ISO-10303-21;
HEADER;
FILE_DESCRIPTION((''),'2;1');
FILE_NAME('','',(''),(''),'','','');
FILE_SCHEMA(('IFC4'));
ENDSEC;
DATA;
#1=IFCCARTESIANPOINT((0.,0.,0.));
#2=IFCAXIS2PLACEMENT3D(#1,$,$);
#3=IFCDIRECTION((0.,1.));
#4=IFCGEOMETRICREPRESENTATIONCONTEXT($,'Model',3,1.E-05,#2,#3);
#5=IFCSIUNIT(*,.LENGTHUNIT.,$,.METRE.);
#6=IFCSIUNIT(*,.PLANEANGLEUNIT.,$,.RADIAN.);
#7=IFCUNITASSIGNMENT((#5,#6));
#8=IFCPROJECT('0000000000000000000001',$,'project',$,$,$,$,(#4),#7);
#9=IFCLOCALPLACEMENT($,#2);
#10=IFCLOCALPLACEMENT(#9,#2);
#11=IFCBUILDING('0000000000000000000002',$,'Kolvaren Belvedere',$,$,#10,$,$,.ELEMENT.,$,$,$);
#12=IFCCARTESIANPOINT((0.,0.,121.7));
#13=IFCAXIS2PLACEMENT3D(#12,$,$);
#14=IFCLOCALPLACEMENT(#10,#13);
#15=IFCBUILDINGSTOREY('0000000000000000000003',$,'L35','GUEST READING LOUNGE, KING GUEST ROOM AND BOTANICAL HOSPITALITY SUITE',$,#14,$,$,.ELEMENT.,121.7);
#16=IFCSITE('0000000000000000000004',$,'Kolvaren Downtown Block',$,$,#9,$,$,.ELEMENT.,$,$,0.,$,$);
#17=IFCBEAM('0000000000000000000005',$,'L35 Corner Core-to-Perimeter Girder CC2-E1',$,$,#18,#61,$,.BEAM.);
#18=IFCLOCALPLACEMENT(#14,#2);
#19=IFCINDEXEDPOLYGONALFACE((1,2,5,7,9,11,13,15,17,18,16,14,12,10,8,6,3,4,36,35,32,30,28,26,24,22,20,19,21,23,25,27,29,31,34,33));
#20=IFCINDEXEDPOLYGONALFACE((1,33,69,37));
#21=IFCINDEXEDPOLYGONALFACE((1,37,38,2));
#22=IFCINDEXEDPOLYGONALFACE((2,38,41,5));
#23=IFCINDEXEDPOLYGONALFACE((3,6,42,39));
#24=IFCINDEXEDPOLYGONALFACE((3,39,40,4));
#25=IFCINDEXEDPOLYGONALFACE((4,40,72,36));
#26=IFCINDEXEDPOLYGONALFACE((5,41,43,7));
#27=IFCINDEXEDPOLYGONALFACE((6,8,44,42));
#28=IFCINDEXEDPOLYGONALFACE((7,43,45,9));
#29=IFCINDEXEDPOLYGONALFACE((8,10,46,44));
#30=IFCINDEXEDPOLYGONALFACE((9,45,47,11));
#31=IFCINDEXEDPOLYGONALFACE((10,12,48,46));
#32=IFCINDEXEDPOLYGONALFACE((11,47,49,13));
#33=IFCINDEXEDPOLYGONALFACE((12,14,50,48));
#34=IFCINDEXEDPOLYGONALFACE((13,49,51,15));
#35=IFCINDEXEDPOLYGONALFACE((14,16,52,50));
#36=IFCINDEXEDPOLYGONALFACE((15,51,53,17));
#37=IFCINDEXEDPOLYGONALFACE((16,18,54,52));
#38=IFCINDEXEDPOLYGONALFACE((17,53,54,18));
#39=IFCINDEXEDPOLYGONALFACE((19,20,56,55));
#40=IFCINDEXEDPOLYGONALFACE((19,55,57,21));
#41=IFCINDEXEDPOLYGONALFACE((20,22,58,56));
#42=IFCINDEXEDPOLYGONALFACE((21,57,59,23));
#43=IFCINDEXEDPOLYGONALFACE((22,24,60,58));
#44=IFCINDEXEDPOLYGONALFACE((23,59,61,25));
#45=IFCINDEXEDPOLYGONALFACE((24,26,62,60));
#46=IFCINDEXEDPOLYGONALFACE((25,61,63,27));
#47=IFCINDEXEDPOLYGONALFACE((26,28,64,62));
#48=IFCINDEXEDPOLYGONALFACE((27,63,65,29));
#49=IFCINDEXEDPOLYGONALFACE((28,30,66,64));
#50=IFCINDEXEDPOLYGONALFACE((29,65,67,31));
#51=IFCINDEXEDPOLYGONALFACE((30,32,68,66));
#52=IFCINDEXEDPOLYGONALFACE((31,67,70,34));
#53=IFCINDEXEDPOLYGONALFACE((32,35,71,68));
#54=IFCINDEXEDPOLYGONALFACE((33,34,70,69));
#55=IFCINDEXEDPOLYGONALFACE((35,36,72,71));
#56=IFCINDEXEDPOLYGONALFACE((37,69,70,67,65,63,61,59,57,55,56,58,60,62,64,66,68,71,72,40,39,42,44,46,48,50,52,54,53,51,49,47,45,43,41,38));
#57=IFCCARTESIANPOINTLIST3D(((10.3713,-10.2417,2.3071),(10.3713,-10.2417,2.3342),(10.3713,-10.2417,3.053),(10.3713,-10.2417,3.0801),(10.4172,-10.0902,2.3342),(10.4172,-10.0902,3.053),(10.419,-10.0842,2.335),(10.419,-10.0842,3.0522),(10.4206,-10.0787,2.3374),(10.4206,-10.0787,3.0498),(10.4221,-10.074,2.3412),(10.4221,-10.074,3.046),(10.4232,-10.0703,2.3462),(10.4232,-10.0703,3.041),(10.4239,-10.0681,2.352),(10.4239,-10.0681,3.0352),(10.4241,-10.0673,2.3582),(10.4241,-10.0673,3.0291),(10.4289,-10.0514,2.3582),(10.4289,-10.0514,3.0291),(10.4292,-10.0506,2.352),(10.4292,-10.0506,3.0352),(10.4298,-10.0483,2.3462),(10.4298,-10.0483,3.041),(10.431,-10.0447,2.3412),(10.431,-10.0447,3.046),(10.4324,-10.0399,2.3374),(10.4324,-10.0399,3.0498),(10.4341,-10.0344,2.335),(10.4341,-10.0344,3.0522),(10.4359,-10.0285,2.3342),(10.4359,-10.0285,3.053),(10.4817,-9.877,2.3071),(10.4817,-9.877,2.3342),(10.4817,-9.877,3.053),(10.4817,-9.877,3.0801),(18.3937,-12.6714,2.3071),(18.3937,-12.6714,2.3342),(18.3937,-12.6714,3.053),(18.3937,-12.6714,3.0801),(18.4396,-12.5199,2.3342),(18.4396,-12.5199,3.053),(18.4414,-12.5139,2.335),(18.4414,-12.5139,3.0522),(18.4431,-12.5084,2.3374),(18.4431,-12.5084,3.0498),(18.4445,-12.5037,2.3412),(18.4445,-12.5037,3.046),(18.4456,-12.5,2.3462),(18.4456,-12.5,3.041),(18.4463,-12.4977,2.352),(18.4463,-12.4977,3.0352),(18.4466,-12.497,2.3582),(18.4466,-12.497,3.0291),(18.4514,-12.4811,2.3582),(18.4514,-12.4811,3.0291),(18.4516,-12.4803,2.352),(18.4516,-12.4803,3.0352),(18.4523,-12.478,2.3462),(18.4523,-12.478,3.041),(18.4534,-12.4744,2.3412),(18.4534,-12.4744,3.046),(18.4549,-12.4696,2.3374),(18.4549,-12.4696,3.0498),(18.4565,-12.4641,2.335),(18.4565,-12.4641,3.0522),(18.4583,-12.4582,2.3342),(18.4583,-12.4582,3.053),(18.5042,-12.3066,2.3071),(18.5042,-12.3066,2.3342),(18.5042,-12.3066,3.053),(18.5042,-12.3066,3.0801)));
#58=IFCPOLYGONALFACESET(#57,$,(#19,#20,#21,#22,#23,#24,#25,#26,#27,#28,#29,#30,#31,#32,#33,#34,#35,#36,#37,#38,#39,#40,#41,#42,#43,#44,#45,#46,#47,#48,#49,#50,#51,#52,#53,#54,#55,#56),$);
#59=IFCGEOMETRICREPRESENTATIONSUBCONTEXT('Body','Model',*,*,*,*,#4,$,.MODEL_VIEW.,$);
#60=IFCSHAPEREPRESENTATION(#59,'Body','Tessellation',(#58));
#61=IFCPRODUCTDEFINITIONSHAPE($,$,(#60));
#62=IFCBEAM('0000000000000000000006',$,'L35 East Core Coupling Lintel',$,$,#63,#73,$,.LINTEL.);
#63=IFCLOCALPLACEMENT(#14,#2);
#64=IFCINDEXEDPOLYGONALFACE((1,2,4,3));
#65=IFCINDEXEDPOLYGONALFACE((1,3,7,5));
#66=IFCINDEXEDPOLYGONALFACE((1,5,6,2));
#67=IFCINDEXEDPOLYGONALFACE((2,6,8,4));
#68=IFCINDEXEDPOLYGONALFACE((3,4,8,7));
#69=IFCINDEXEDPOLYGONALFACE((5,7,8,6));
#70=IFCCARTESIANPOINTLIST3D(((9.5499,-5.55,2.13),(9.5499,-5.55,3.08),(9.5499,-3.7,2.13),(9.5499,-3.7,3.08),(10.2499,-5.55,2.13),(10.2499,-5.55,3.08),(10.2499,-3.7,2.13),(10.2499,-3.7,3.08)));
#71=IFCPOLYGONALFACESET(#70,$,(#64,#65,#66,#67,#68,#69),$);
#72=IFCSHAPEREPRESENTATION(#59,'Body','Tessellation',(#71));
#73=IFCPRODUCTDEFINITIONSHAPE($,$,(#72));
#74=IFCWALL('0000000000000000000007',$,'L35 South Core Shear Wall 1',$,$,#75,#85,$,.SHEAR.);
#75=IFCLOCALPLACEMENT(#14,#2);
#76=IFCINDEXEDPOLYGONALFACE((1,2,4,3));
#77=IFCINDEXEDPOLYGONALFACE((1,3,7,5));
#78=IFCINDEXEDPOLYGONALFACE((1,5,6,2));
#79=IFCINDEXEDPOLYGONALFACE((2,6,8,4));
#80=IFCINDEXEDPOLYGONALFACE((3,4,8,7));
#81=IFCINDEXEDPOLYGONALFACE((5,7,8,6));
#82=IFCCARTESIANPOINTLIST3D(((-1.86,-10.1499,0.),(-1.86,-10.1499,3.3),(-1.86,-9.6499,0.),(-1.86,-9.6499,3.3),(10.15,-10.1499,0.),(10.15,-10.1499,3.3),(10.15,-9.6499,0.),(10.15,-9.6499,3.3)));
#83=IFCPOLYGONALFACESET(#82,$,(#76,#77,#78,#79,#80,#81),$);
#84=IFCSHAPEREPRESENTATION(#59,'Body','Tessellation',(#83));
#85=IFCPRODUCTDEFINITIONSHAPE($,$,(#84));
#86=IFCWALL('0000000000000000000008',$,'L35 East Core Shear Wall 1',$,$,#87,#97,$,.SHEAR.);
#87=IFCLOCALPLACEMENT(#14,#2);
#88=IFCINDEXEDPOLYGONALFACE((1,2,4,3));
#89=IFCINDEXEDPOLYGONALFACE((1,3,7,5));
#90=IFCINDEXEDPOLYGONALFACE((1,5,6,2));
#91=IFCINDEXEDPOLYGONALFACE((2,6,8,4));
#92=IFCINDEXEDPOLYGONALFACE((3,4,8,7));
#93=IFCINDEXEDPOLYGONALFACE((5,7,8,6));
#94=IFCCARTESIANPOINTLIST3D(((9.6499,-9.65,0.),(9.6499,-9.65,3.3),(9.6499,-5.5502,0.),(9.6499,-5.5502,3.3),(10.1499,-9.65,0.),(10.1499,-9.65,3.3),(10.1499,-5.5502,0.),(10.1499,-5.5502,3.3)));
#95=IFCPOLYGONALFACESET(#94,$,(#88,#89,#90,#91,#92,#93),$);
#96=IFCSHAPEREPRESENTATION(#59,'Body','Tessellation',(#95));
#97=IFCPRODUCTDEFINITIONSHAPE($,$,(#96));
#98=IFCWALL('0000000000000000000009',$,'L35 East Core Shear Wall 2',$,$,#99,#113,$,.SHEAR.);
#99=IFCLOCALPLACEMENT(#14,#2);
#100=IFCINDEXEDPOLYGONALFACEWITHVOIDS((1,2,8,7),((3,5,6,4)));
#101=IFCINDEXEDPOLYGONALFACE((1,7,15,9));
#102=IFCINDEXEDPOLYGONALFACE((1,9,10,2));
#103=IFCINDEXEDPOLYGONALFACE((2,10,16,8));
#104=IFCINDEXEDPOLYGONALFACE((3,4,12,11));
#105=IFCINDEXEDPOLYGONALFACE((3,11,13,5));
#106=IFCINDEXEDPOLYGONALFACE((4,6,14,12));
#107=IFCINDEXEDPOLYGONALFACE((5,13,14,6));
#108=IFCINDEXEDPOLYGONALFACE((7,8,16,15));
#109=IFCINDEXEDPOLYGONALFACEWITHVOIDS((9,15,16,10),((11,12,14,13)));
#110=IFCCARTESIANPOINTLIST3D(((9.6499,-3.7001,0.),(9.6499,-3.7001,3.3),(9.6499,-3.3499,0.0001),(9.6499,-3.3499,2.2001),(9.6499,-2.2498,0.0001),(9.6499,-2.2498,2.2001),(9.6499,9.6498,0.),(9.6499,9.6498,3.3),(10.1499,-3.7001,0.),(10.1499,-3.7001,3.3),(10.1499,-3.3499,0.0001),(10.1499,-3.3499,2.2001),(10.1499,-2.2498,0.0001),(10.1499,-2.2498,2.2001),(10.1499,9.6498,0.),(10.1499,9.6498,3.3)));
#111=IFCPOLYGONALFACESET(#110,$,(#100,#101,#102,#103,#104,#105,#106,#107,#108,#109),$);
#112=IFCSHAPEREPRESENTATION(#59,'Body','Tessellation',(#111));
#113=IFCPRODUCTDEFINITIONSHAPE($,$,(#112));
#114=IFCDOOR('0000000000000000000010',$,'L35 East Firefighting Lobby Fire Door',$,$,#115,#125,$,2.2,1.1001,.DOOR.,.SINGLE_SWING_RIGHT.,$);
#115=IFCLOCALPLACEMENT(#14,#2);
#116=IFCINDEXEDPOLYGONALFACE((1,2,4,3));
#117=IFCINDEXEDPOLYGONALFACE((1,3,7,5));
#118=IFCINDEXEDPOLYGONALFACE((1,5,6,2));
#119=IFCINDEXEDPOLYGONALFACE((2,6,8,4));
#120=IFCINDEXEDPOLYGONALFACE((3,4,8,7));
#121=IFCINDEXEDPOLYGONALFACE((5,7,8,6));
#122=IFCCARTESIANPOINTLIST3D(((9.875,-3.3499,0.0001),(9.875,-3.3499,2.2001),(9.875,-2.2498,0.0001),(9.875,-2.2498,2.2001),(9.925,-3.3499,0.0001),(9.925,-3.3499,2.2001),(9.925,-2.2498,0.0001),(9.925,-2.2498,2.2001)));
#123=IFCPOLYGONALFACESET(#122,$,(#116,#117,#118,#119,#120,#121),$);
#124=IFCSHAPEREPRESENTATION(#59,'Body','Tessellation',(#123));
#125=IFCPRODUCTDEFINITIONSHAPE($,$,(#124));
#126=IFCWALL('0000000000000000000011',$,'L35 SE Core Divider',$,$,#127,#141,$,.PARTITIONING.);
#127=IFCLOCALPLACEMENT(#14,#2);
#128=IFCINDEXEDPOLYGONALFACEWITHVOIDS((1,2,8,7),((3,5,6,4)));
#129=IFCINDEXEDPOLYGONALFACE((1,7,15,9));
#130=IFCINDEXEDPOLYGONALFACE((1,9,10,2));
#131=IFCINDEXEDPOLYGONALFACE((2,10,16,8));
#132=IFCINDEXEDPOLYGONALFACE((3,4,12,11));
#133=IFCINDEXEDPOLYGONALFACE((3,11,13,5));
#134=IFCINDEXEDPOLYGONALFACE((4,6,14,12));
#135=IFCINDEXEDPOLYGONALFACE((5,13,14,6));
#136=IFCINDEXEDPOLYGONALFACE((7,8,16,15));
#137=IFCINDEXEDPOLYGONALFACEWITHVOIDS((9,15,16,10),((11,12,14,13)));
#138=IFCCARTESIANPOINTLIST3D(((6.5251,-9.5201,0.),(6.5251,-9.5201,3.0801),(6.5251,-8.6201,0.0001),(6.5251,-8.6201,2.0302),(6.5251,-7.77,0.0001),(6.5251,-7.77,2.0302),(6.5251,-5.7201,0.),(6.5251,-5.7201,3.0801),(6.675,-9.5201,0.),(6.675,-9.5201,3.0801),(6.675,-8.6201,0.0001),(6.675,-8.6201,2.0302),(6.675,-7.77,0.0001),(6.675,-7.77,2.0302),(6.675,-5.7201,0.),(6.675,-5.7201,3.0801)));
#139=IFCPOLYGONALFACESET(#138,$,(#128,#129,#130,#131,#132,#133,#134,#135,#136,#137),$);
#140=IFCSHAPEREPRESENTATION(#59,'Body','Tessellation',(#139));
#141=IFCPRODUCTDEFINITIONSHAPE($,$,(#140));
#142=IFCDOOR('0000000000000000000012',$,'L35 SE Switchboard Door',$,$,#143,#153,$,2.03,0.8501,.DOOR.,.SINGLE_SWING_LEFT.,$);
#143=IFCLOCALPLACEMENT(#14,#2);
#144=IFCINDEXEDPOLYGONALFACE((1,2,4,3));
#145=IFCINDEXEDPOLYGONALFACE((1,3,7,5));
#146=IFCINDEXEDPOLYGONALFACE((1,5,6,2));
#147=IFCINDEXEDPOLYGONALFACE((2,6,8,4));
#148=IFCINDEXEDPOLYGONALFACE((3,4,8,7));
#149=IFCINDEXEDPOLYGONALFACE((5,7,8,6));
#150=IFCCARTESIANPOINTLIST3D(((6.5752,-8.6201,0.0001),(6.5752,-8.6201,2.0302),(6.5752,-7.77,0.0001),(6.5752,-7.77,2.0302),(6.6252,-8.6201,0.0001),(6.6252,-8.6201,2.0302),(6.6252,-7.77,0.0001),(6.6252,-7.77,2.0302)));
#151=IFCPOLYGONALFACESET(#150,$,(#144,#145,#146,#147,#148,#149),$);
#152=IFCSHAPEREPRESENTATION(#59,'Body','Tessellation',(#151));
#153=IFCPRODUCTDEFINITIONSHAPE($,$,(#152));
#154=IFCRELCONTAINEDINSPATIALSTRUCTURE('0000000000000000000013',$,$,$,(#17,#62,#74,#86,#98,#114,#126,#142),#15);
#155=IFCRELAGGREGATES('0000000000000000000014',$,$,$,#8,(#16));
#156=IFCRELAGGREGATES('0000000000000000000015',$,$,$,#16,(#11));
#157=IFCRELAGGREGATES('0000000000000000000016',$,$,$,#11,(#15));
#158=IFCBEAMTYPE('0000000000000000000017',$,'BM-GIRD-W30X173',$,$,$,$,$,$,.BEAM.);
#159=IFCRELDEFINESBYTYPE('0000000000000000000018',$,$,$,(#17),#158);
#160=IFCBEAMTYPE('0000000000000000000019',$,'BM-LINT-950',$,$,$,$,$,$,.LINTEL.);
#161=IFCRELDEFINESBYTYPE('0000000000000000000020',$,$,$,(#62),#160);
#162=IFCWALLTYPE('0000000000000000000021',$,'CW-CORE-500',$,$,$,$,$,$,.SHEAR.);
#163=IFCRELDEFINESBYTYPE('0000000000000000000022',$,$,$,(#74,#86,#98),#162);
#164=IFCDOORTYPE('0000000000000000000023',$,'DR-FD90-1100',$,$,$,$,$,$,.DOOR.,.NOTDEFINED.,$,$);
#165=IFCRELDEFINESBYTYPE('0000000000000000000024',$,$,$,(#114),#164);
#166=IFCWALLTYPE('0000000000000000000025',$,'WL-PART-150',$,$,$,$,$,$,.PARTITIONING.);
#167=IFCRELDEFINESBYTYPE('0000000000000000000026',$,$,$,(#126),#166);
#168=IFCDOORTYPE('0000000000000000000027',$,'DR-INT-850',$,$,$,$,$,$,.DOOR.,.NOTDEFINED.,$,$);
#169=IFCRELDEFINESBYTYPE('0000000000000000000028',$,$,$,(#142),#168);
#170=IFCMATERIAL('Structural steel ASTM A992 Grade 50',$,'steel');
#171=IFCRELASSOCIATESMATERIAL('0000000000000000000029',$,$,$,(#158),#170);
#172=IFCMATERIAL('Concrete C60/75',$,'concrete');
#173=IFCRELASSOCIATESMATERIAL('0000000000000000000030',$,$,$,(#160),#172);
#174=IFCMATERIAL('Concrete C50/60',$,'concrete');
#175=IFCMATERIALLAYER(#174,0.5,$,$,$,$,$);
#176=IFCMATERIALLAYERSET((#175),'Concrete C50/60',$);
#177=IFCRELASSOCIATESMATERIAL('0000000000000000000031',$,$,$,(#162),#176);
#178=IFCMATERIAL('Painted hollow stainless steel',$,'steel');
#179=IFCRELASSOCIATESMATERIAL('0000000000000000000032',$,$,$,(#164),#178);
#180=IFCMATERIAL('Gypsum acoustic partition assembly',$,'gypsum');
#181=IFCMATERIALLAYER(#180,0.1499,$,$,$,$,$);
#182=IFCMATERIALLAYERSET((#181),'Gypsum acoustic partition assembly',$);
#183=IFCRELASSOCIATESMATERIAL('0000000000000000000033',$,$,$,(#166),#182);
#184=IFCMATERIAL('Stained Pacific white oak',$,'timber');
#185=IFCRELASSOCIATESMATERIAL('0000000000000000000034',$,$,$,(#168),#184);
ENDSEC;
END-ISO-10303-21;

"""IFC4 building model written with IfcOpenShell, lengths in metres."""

from ifc_helpers import new_model, si_unit, direction, frame, frame_2d, origin, origin_2d, place, context, subcontext, project, spatial, rectangle, i_section, extrude, material, layer, layer_set, material_profile, profile_set, type_object, element, fill, save


model = new_model("IFC4")

# Units and contexts
model_context = context("Model", 3, precision=1e-05, world=origin(), true_north=direction((0.0, 1.0)))
body_context = subcontext(model_context, "Body", "Model", "MODEL_VIEW")
ifc_project = project(units=[si_unit("LENGTHUNIT", "METRE"), si_unit("PLANEANGLEUNIT", "RADIAN")], contexts=[model_context])

# Site, building, storey
site_placement = place(None, origin())
site = spatial("IfcSite", under=ifc_project, at=site_placement, Name="Kolvaren Downtown Block", CompositionType="ELEMENT", RefElevation=0.0)
building_placement = place(site_placement, origin())
building = spatial("IfcBuilding", under=site, at=building_placement, Name="Kolvaren Belvedere", CompositionType="ELEMENT")
storey_placement = place(building_placement, frame((0.0, 0.0, 121.7)))
storey = spatial("IfcBuildingStorey", under=building, at=storey_placement, Name="L35", Description="GUEST READING LOUNGE, KING GUEST ROOM AND BOTANICAL HOSPITALITY SUITE", CompositionType="ELEMENT", Elevation=121.7)

# Beams
ifc_material_1 = material(Name="Structural steel ASTM A992 Grade 50", Category="steel")
ifc_material_profile_1 = material_profile(ifc_material_1, i_section(OverallWidth=0.3811, OverallDepth=0.7729, WebThickness=0.0166, FlangeThickness=0.0271, FilletRadius=0.0239, at=origin_2d()), Name="W30X173")
ifc_profile_set_1 = profile_set([ifc_material_profile_1], Name="Structural steel ASTM A992 Grade 50")
beam_type_1 = type_object("IfcBeamType", Name="BM-GIRD-W30X173", PredefinedType="BEAM", material=ifc_profile_set_1)
beam_1_placement = place(storey_placement, frame((10.4265, -10.0593, 2.6936), z_axis=(0.957069, -0.289859, 0.0), x_axis=(0.289859, 0.957069, 0.0)))
element("IfcBeam", 1, at=beam_1_placement, inside=storey, type_object=beam_type_1, Name="L35 Corner Core-to-Perimeter Girder CC2-E1", PredefinedType="BEAM", context=body_context, shape_type="SweptSolid", body=[
    extrude(i_section(OverallWidth=0.3811, OverallDepth=0.7729, WebThickness=0.0166, FlangeThickness=0.0271, FilletRadius=0.0239, at=origin_2d()), origin(), (0.0, 0.0, 1.0), 8.3823),
])
ifc_material_2 = material(Name="Concrete C60/75", Category="concrete")
ifc_material_profile_2 = material_profile(ifc_material_2, rectangle(XDim=0.7, YDim=0.95, at=origin_2d()), Name="RC 700X950")
ifc_profile_set_2 = profile_set([ifc_material_profile_2], Name="Concrete C60/75")
beam_type_2 = type_object("IfcBeamType", Name="BM-LINT-950", PredefinedType="LINTEL", material=ifc_profile_set_2)
beam_2_placement = place(storey_placement, frame((9.8999, -5.55, 2.605), z_axis=(0.0, 1.0, 0.0), x_axis=(-1.0, 0.0, 0.0)))
element("IfcBeam", 2, at=beam_2_placement, inside=storey, type_object=beam_type_2, Name="L35 East Core Coupling Lintel", PredefinedType="LINTEL", context=body_context, shape_type="SweptSolid", body=[
    extrude(rectangle(XDim=0.7, YDim=0.95, at=origin_2d()), origin(), (0.0, 0.0, 1.0), 1.8501),
])

# Walls
ifc_material_3 = material(Name="Concrete C50/60", Category="concrete")
ifc_layer_1 = layer(ifc_material_3, 0.5)
ifc_layer_set_1 = layer_set([ifc_layer_1], Name="Concrete C50/60")
wall_type_1 = type_object("IfcWallType", Name="CW-CORE-500", PredefinedType="SHEAR", material=ifc_layer_set_1)
wall_1_placement = place(storey_placement, frame((10.1499, -9.8999, 0.0), z_axis=(0.0, 0.0, 1.0), x_axis=(-1.0, 0.0, 0.0)))
element("IfcWall", 3, at=wall_1_placement, inside=storey, type_object=wall_type_1, Name="L35 South Core Shear Wall 1", PredefinedType="SHEAR", context=body_context, shape_type="SweptSolid", body=[
    extrude(rectangle(XDim=12.01, YDim=0.5, at=frame_2d((6.0049, 0.0))), origin(), (0.0, 0.0, 1.0), 3.3),
])
wall_2_placement = place(storey_placement, frame((9.8999, -9.6499, 0.0), z_axis=(0.0, 0.0, 1.0), x_axis=(0.0, 1.0, 0.0)))
element("IfcWall", 4, at=wall_2_placement, inside=storey, type_object=wall_type_1, Name="L35 East Core Shear Wall 1", PredefinedType="SHEAR", context=body_context, shape_type="SweptSolid", body=[
    extrude(rectangle(XDim=4.0999, YDim=0.5, at=frame_2d((2.0498, 0.0))), origin(), (0.0, 0.0, 1.0), 3.3),
])

# Walls, openings, doors
wall_3_placement = place(storey_placement, frame((9.8999, -3.7, 0.0), z_axis=(0.0, 0.0, 1.0), x_axis=(0.0, 1.0, 0.0)))
wall_3 = element("IfcWall", 5, at=wall_3_placement, inside=storey, type_object=wall_type_1, Name="L35 East Core Shear Wall 2", PredefinedType="SHEAR", context=body_context, shape_type="SweptSolid", body=[
    extrude(rectangle(XDim=13.3499, YDim=0.5, at=frame_2d((6.6748, 0.0))), origin(), (0.0, 0.0, 1.0), 3.3),
])
opening_1_placement = place(wall_3_placement, frame((0.3501, 0.0, 0.0)))
opening_1 = element("IfcOpeningElement", 6, at=opening_1_placement, cuts=wall_3, PredefinedType="OPENING", context=body_context, shape_type="SweptSolid", body=[
    extrude(rectangle(XDim=1.1001, YDim=2.2, at=frame_2d((0.55, 1.1001))), frame((0.0, 0.26, 0.0), z_axis=(0.0, -1.0, 0.0), x_axis=(1.0, 0.0, 0.0)), (0.0, 0.0, 1.0), 0.52),
])
ifc_material_4 = material(Name="Painted hollow stainless steel", Category="steel")
door_type_1 = type_object("IfcDoorType", Name="DR-FD90-1100", OperationType="NOTDEFINED", PredefinedType="DOOR", material=ifc_material_4)
door_1_placement = place(opening_1_placement, origin())
door_1 = element("IfcDoor", 7, at=door_1_placement, inside=storey, type_object=door_type_1, Name="L35 East Firefighting Lobby Fire Door", OperationType="SINGLE_SWING_RIGHT", OverallHeight=2.2, OverallWidth=1.1001, PredefinedType="DOOR", context=body_context, shape_type="SweptSolid", body=[
    extrude(rectangle(XDim=1.1001, YDim=2.2, at=frame_2d((0.55, 1.1001))), frame((0.0, 0.0249, 0.0), z_axis=(0.0, -1.0, 0.0), x_axis=(1.0, 0.0, 0.0)), (0.0, 0.0, 1.0), 0.05),
])
fill(opening_1, door_1)
ifc_material_5 = material(Name="Gypsum acoustic partition assembly", Category="gypsum")
ifc_layer_2 = layer(ifc_material_5, 0.1499)
ifc_layer_set_2 = layer_set([ifc_layer_2], Name="Gypsum acoustic partition assembly")
wall_type_2 = type_object("IfcWallType", Name="WL-PART-150", PredefinedType="PARTITIONING", material=ifc_layer_set_2)
wall_4_placement = place(storey_placement, frame((6.6001, -9.52, 0.0), z_axis=(0.0, 0.0, 1.0), x_axis=(0.0, 1.0, 0.0)))
wall_4 = element("IfcWall", 8, at=wall_4_placement, inside=storey, type_object=wall_type_2, Name="L35 SE Core Divider", PredefinedType="PARTITIONING", context=body_context, shape_type="SweptSolid", body=[
    extrude(rectangle(XDim=3.8, YDim=0.1499, at=frame_2d((1.8999, 0.0))), origin(), (0.0, 0.0, 1.0), 3.0801),
])
opening_2_placement = place(wall_4_placement, frame((0.8999, 0.0, 0.0)))
opening_2 = element("IfcOpeningElement", 9, at=opening_2_placement, cuts=wall_4, PredefinedType="OPENING", context=body_context, shape_type="SweptSolid", body=[
    extrude(rectangle(XDim=0.8501, YDim=2.03, at=frame_2d((0.425, 1.0151))), frame((0.0, 0.085, 0.0), z_axis=(0.0, -1.0, 0.0), x_axis=(1.0, 0.0, 0.0)), (0.0, 0.0, 1.0), 0.1699),
])
ifc_material_6 = material(Name="Stained Pacific white oak", Category="timber")
door_type_2 = type_object("IfcDoorType", Name="DR-INT-850", OperationType="NOTDEFINED", PredefinedType="DOOR", material=ifc_material_6)
door_2_placement = place(opening_2_placement, origin())
door_2 = element("IfcDoor", 10, at=door_2_placement, inside=storey, type_object=door_type_2, Name="L35 SE Switchboard Door", OperationType="SINGLE_SWING_LEFT", OverallHeight=2.03, OverallWidth=0.8501, PredefinedType="DOOR", context=body_context, shape_type="SweptSolid", body=[
    extrude(rectangle(XDim=0.8501, YDim=2.03, at=frame_2d((0.425, 1.0151))), frame((0.0, 0.0249, 0.0), z_axis=(0.0, -1.0, 0.0), x_axis=(1.0, 0.0, 0.0)), (0.0, 0.0, 1.0), 0.05),
])
fill(opening_2, door_2)

save(model, "model.ifc")
